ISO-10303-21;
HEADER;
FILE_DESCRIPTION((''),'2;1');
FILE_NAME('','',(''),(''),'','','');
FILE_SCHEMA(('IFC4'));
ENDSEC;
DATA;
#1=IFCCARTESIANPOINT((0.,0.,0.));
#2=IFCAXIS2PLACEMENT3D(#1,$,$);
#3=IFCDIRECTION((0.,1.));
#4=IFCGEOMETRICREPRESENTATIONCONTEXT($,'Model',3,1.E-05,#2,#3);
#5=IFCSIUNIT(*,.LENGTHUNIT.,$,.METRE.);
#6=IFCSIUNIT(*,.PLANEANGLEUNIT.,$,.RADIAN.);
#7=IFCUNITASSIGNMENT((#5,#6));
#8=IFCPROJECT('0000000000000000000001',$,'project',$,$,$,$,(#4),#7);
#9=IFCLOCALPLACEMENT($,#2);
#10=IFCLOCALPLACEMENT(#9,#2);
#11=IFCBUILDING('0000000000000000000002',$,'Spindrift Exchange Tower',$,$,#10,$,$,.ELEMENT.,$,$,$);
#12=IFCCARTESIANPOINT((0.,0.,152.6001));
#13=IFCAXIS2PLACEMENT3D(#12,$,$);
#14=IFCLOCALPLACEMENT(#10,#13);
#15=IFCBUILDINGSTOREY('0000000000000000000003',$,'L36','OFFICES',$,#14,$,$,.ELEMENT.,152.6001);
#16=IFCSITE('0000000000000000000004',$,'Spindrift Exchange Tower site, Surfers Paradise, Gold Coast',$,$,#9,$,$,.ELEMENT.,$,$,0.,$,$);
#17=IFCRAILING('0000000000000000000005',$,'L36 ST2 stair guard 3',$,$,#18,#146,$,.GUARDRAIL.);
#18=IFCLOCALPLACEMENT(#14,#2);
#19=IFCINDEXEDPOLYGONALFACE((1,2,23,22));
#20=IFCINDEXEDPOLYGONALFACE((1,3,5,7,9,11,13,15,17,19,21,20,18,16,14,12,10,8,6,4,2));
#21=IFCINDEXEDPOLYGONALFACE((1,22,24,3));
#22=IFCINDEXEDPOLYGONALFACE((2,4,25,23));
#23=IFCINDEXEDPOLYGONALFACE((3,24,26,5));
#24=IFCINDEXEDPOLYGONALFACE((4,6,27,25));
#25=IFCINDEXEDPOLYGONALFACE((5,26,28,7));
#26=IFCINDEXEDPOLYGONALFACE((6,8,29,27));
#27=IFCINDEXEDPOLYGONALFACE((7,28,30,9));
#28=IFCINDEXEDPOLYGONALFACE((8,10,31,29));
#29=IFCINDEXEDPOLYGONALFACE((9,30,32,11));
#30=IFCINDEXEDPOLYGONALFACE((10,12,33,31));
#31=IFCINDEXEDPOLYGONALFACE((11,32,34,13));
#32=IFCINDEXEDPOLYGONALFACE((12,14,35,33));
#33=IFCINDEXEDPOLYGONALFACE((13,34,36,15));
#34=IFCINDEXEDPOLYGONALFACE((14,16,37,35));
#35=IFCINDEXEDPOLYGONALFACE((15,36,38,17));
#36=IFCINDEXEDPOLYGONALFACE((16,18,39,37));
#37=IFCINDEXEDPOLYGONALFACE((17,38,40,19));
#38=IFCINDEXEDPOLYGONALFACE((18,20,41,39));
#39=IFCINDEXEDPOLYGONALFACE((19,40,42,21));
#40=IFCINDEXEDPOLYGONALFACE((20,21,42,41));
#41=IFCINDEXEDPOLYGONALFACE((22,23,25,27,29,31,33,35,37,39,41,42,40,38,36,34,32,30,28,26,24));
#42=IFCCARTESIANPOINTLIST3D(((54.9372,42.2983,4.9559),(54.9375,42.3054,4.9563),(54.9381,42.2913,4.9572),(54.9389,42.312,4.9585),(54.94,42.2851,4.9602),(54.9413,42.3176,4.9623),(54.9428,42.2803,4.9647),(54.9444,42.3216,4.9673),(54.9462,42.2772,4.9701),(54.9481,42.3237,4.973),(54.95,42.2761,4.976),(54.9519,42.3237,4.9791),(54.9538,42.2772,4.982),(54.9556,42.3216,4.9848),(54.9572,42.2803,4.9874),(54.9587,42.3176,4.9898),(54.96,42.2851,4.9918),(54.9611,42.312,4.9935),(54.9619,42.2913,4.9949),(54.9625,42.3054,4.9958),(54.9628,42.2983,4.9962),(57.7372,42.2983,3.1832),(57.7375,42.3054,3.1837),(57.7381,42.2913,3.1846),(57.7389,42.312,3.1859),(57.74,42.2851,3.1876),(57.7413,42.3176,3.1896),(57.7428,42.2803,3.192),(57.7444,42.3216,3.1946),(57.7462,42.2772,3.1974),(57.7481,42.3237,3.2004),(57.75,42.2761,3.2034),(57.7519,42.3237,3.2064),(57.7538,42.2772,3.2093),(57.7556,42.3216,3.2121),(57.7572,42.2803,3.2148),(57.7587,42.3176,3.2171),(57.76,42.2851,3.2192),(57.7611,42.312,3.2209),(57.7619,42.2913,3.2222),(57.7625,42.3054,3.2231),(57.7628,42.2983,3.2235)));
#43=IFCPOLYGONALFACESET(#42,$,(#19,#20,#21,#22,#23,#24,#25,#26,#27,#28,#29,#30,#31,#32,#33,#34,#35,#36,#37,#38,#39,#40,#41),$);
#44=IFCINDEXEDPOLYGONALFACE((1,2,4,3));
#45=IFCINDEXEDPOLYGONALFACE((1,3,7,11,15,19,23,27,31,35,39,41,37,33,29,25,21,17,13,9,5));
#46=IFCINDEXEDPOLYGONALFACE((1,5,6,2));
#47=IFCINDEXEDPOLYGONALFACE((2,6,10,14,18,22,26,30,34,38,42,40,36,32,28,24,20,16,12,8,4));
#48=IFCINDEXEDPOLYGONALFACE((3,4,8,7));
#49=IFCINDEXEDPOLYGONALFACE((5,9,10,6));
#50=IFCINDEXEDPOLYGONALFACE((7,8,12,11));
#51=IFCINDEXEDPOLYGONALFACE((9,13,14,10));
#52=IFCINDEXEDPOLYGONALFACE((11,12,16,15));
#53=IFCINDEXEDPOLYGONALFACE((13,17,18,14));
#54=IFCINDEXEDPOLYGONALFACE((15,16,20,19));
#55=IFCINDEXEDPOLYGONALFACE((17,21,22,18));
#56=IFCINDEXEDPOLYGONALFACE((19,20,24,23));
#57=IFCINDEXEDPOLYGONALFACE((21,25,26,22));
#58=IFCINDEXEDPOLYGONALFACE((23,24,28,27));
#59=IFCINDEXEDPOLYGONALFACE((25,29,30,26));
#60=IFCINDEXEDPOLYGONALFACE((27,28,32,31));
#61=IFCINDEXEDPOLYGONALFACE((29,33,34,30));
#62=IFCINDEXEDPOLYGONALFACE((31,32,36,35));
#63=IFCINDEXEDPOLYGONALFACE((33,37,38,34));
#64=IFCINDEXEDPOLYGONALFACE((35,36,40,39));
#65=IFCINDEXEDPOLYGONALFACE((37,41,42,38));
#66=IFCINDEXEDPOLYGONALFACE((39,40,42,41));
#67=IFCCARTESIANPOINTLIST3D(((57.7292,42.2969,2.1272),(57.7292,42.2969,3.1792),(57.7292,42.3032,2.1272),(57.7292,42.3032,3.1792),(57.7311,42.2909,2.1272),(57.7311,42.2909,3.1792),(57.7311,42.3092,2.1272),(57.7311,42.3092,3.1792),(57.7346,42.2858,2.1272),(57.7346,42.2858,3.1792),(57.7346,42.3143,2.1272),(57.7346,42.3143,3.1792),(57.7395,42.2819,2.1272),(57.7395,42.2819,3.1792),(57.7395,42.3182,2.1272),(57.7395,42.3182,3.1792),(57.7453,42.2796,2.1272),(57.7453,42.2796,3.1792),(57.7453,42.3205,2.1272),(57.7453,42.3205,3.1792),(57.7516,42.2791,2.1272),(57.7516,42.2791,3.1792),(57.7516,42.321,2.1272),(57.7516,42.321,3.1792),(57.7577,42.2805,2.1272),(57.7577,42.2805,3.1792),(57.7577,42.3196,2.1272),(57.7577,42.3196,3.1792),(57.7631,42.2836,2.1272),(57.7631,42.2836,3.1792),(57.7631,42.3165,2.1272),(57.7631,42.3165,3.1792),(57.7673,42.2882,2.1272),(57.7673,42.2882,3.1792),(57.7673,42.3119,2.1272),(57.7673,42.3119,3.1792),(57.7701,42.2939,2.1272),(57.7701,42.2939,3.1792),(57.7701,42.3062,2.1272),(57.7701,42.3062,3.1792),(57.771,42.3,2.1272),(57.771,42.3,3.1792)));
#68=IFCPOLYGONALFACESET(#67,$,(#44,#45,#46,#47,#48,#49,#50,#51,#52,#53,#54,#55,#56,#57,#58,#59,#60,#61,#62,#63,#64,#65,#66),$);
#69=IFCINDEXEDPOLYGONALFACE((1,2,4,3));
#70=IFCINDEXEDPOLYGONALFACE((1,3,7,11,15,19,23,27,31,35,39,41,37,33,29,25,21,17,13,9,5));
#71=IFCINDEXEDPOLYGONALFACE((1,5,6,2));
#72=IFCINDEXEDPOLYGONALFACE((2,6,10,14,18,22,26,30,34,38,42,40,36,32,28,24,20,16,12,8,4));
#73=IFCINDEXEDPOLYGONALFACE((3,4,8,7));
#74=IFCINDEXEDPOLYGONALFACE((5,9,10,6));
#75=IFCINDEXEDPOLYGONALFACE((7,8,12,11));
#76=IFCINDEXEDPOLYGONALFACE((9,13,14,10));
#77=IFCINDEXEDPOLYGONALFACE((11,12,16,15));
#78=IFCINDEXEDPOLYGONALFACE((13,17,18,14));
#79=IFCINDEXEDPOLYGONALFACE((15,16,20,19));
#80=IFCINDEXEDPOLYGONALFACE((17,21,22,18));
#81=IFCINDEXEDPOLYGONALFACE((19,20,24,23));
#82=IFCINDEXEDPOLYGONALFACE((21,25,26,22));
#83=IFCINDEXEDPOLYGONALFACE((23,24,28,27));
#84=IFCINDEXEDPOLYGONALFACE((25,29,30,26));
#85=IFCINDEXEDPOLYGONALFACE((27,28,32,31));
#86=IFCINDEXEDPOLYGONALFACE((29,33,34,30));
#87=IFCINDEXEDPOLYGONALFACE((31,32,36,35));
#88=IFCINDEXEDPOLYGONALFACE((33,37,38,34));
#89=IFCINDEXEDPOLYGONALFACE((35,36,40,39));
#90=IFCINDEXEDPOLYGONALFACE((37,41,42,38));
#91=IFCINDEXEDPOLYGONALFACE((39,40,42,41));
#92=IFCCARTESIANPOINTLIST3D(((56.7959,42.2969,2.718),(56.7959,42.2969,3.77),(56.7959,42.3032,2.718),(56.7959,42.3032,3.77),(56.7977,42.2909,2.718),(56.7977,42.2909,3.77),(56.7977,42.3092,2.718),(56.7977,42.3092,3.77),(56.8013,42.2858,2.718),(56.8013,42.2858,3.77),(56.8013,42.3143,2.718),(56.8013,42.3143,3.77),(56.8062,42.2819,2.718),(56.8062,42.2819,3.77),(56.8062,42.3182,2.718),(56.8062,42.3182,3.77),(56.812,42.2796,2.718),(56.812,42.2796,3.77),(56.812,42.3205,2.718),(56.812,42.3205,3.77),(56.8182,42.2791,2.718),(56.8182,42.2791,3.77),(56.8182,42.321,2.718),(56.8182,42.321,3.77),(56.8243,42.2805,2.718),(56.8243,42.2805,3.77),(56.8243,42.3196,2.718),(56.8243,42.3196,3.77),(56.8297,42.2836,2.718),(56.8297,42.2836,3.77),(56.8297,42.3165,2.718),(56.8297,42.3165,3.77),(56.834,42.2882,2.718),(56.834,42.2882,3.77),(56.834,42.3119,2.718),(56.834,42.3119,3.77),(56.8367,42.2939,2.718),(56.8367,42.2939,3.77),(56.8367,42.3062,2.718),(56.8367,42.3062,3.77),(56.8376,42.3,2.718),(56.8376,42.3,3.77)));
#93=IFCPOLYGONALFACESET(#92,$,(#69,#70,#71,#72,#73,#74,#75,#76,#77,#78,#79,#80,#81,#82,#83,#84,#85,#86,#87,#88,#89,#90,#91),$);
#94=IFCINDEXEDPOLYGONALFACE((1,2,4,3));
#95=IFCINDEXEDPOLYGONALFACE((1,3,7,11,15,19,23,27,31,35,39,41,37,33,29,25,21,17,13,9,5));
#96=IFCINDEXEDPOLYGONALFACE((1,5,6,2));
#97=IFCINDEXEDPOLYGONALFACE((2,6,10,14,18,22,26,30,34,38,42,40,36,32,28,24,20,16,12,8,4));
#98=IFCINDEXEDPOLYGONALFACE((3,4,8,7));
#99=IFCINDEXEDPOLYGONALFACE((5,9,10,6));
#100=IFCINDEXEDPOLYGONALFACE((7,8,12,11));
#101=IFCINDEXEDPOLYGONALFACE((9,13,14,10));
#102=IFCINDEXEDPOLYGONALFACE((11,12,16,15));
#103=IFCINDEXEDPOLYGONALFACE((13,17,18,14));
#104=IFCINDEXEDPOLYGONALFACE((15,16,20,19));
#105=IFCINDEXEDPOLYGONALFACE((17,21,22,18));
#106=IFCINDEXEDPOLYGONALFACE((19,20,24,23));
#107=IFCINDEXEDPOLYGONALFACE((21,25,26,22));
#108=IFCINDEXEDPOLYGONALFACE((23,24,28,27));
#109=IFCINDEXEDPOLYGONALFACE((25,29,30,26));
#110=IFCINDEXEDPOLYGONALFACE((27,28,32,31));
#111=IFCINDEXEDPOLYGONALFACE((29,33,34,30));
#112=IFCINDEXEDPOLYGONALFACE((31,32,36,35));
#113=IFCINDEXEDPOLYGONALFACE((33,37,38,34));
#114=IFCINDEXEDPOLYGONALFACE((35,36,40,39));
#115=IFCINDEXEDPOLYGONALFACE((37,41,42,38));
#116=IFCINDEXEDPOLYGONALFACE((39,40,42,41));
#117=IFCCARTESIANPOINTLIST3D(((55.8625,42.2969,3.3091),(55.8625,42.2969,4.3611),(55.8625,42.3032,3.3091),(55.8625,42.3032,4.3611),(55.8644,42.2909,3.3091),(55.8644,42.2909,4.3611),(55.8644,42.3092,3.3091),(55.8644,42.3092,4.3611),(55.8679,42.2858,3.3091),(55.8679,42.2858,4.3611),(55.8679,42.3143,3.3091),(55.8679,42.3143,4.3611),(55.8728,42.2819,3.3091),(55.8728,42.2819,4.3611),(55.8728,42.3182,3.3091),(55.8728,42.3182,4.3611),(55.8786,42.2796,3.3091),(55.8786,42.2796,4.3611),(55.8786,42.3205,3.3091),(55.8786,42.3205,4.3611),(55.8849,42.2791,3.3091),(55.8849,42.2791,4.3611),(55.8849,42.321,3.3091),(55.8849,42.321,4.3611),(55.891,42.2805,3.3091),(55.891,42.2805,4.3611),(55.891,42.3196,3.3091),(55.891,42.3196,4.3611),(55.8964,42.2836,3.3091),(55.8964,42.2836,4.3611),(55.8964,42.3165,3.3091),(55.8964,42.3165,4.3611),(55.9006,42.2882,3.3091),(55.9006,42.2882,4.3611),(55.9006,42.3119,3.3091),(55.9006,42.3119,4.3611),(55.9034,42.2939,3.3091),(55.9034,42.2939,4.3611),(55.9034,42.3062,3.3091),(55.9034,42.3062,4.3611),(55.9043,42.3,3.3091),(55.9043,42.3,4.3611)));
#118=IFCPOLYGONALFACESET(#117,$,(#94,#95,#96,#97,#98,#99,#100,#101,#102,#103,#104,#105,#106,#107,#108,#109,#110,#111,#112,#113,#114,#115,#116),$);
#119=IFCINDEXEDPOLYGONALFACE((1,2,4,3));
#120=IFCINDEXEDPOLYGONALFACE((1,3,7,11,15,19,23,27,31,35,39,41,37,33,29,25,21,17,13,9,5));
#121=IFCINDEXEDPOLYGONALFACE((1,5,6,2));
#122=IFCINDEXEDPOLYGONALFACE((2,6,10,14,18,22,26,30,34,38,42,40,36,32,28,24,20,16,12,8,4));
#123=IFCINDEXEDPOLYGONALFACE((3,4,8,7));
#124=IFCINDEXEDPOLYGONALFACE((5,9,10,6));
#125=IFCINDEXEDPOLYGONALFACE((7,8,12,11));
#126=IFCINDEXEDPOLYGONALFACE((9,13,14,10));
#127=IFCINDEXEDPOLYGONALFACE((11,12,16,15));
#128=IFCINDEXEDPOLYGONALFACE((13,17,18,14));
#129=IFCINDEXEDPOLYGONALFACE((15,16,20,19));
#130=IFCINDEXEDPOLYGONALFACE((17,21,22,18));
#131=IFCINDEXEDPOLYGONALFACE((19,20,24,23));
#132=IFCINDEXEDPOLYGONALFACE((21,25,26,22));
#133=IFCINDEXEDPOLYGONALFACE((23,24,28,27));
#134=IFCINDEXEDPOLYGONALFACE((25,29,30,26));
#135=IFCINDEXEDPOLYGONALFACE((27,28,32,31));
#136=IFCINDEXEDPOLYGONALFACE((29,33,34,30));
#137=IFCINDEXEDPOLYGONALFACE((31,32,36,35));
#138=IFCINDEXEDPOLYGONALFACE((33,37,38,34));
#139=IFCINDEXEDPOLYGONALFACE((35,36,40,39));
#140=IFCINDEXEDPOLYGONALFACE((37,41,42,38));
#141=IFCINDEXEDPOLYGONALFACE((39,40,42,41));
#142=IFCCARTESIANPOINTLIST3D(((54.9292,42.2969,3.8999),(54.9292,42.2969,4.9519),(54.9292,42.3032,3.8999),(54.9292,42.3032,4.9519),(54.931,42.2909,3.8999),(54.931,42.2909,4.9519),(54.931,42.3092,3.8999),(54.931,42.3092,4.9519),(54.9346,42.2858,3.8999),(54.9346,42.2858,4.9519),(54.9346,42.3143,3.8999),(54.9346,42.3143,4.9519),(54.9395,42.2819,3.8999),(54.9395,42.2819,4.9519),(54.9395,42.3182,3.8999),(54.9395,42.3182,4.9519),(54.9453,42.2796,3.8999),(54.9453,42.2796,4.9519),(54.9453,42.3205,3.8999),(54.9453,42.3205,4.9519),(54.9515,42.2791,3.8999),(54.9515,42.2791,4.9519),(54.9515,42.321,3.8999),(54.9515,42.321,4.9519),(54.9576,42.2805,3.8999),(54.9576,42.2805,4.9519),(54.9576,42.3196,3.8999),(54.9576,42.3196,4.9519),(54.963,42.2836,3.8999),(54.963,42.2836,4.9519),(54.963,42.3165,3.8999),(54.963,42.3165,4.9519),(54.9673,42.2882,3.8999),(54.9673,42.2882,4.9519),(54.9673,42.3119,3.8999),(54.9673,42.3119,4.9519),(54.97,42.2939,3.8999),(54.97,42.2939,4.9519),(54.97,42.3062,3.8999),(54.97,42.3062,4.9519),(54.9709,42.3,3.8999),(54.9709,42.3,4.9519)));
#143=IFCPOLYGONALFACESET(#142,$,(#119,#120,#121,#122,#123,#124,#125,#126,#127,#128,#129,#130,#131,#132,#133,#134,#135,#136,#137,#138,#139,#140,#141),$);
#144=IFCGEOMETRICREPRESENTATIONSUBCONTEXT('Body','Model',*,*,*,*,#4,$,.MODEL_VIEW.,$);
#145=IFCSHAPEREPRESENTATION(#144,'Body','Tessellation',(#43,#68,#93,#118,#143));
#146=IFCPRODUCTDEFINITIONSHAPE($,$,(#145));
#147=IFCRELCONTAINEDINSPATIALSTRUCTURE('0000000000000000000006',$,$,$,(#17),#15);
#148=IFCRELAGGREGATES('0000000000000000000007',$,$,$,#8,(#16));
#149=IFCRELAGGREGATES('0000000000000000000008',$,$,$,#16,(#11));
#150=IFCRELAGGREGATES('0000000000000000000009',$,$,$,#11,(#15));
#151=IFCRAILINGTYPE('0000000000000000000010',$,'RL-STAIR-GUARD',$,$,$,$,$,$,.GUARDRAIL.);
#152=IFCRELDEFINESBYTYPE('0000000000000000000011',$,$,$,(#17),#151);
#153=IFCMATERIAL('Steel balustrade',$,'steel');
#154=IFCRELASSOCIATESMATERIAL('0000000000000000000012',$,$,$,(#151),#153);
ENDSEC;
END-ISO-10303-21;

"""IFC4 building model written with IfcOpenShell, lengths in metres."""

from ifc_helpers import new_model, si_unit, direction, frame, origin, origin_2d, place, context, subcontext, project, spatial, circle, extrude, material, type_object, element, save


model = new_model("IFC4")

# Units and contexts
model_context = context("Model", 3, precision=1e-05, world=origin(), true_north=direction((0.0, 1.0)))
body_context = subcontext(model_context, "Body", "Model", "MODEL_VIEW")
ifc_project = project(units=[si_unit("LENGTHUNIT", "METRE"), si_unit("PLANEANGLEUNIT", "RADIAN")], contexts=[model_context])

# Site, building, storey
site_placement = place(None, origin())
site = spatial("IfcSite", under=ifc_project, at=site_placement, Name="Spindrift Exchange Tower site, Surfers Paradise, Gold Coast", CompositionType="ELEMENT", RefElevation=0.0)
building_placement = place(site_placement, origin())
building = spatial("IfcBuilding", under=site, at=building_placement, Name="Spindrift Exchange Tower", CompositionType="ELEMENT")
storey_placement = place(building_placement, frame((0.0, 0.0, 152.6001)))
storey = spatial("IfcBuildingStorey", under=building, at=storey_placement, Name="L36", Description="OFFICES", CompositionType="ELEMENT", Elevation=152.6001)

# Railing
ifc_material_1 = material(Name="Steel balustrade", Category="steel")
railing_type_1 = type_object("IfcRailingType", Name="RL-STAIR-GUARD", PredefinedType="GUARDRAIL", material=ifc_material_1)
railing_1_placement = place(storey_placement, frame((57.75, 42.3, 2.1272)))
element("IfcRailing", 1, at=railing_1_placement, inside=storey, type_object=railing_type_1, Name="L36 ST2 stair guard 3", PredefinedType="GUARDRAIL", context=body_context, shape_type="SweptSolid", body=[
    extrude(circle(Radius=0.0239, at=origin_2d()), frame((0.0, 0.0, 1.0762), z_axis=(-0.844909, 0.0, 0.53491), x_axis=(0.0, -1.0, 0.0)), (0.0, 0.0, 1.0), 3.314),
    extrude(circle(Radius=0.021, at=origin_2d()), origin(), (0.0, 0.0, 1.0), 1.052),
    extrude(circle(Radius=0.021, at=origin_2d()), frame((-0.9333, 0.0, 0.5908)), (0.0, 0.0, 1.0), 1.052),
    extrude(circle(Radius=0.021, at=origin_2d()), frame((-1.8667, 0.0, 1.1819)), (0.0, 0.0, 1.0), 1.052),
    extrude(circle(Radius=0.021, at=origin_2d()), frame((-2.8, 0.0, 1.7727)), (0.0, 0.0, 1.0), 1.052),
])

save(model, "model.ifc")
